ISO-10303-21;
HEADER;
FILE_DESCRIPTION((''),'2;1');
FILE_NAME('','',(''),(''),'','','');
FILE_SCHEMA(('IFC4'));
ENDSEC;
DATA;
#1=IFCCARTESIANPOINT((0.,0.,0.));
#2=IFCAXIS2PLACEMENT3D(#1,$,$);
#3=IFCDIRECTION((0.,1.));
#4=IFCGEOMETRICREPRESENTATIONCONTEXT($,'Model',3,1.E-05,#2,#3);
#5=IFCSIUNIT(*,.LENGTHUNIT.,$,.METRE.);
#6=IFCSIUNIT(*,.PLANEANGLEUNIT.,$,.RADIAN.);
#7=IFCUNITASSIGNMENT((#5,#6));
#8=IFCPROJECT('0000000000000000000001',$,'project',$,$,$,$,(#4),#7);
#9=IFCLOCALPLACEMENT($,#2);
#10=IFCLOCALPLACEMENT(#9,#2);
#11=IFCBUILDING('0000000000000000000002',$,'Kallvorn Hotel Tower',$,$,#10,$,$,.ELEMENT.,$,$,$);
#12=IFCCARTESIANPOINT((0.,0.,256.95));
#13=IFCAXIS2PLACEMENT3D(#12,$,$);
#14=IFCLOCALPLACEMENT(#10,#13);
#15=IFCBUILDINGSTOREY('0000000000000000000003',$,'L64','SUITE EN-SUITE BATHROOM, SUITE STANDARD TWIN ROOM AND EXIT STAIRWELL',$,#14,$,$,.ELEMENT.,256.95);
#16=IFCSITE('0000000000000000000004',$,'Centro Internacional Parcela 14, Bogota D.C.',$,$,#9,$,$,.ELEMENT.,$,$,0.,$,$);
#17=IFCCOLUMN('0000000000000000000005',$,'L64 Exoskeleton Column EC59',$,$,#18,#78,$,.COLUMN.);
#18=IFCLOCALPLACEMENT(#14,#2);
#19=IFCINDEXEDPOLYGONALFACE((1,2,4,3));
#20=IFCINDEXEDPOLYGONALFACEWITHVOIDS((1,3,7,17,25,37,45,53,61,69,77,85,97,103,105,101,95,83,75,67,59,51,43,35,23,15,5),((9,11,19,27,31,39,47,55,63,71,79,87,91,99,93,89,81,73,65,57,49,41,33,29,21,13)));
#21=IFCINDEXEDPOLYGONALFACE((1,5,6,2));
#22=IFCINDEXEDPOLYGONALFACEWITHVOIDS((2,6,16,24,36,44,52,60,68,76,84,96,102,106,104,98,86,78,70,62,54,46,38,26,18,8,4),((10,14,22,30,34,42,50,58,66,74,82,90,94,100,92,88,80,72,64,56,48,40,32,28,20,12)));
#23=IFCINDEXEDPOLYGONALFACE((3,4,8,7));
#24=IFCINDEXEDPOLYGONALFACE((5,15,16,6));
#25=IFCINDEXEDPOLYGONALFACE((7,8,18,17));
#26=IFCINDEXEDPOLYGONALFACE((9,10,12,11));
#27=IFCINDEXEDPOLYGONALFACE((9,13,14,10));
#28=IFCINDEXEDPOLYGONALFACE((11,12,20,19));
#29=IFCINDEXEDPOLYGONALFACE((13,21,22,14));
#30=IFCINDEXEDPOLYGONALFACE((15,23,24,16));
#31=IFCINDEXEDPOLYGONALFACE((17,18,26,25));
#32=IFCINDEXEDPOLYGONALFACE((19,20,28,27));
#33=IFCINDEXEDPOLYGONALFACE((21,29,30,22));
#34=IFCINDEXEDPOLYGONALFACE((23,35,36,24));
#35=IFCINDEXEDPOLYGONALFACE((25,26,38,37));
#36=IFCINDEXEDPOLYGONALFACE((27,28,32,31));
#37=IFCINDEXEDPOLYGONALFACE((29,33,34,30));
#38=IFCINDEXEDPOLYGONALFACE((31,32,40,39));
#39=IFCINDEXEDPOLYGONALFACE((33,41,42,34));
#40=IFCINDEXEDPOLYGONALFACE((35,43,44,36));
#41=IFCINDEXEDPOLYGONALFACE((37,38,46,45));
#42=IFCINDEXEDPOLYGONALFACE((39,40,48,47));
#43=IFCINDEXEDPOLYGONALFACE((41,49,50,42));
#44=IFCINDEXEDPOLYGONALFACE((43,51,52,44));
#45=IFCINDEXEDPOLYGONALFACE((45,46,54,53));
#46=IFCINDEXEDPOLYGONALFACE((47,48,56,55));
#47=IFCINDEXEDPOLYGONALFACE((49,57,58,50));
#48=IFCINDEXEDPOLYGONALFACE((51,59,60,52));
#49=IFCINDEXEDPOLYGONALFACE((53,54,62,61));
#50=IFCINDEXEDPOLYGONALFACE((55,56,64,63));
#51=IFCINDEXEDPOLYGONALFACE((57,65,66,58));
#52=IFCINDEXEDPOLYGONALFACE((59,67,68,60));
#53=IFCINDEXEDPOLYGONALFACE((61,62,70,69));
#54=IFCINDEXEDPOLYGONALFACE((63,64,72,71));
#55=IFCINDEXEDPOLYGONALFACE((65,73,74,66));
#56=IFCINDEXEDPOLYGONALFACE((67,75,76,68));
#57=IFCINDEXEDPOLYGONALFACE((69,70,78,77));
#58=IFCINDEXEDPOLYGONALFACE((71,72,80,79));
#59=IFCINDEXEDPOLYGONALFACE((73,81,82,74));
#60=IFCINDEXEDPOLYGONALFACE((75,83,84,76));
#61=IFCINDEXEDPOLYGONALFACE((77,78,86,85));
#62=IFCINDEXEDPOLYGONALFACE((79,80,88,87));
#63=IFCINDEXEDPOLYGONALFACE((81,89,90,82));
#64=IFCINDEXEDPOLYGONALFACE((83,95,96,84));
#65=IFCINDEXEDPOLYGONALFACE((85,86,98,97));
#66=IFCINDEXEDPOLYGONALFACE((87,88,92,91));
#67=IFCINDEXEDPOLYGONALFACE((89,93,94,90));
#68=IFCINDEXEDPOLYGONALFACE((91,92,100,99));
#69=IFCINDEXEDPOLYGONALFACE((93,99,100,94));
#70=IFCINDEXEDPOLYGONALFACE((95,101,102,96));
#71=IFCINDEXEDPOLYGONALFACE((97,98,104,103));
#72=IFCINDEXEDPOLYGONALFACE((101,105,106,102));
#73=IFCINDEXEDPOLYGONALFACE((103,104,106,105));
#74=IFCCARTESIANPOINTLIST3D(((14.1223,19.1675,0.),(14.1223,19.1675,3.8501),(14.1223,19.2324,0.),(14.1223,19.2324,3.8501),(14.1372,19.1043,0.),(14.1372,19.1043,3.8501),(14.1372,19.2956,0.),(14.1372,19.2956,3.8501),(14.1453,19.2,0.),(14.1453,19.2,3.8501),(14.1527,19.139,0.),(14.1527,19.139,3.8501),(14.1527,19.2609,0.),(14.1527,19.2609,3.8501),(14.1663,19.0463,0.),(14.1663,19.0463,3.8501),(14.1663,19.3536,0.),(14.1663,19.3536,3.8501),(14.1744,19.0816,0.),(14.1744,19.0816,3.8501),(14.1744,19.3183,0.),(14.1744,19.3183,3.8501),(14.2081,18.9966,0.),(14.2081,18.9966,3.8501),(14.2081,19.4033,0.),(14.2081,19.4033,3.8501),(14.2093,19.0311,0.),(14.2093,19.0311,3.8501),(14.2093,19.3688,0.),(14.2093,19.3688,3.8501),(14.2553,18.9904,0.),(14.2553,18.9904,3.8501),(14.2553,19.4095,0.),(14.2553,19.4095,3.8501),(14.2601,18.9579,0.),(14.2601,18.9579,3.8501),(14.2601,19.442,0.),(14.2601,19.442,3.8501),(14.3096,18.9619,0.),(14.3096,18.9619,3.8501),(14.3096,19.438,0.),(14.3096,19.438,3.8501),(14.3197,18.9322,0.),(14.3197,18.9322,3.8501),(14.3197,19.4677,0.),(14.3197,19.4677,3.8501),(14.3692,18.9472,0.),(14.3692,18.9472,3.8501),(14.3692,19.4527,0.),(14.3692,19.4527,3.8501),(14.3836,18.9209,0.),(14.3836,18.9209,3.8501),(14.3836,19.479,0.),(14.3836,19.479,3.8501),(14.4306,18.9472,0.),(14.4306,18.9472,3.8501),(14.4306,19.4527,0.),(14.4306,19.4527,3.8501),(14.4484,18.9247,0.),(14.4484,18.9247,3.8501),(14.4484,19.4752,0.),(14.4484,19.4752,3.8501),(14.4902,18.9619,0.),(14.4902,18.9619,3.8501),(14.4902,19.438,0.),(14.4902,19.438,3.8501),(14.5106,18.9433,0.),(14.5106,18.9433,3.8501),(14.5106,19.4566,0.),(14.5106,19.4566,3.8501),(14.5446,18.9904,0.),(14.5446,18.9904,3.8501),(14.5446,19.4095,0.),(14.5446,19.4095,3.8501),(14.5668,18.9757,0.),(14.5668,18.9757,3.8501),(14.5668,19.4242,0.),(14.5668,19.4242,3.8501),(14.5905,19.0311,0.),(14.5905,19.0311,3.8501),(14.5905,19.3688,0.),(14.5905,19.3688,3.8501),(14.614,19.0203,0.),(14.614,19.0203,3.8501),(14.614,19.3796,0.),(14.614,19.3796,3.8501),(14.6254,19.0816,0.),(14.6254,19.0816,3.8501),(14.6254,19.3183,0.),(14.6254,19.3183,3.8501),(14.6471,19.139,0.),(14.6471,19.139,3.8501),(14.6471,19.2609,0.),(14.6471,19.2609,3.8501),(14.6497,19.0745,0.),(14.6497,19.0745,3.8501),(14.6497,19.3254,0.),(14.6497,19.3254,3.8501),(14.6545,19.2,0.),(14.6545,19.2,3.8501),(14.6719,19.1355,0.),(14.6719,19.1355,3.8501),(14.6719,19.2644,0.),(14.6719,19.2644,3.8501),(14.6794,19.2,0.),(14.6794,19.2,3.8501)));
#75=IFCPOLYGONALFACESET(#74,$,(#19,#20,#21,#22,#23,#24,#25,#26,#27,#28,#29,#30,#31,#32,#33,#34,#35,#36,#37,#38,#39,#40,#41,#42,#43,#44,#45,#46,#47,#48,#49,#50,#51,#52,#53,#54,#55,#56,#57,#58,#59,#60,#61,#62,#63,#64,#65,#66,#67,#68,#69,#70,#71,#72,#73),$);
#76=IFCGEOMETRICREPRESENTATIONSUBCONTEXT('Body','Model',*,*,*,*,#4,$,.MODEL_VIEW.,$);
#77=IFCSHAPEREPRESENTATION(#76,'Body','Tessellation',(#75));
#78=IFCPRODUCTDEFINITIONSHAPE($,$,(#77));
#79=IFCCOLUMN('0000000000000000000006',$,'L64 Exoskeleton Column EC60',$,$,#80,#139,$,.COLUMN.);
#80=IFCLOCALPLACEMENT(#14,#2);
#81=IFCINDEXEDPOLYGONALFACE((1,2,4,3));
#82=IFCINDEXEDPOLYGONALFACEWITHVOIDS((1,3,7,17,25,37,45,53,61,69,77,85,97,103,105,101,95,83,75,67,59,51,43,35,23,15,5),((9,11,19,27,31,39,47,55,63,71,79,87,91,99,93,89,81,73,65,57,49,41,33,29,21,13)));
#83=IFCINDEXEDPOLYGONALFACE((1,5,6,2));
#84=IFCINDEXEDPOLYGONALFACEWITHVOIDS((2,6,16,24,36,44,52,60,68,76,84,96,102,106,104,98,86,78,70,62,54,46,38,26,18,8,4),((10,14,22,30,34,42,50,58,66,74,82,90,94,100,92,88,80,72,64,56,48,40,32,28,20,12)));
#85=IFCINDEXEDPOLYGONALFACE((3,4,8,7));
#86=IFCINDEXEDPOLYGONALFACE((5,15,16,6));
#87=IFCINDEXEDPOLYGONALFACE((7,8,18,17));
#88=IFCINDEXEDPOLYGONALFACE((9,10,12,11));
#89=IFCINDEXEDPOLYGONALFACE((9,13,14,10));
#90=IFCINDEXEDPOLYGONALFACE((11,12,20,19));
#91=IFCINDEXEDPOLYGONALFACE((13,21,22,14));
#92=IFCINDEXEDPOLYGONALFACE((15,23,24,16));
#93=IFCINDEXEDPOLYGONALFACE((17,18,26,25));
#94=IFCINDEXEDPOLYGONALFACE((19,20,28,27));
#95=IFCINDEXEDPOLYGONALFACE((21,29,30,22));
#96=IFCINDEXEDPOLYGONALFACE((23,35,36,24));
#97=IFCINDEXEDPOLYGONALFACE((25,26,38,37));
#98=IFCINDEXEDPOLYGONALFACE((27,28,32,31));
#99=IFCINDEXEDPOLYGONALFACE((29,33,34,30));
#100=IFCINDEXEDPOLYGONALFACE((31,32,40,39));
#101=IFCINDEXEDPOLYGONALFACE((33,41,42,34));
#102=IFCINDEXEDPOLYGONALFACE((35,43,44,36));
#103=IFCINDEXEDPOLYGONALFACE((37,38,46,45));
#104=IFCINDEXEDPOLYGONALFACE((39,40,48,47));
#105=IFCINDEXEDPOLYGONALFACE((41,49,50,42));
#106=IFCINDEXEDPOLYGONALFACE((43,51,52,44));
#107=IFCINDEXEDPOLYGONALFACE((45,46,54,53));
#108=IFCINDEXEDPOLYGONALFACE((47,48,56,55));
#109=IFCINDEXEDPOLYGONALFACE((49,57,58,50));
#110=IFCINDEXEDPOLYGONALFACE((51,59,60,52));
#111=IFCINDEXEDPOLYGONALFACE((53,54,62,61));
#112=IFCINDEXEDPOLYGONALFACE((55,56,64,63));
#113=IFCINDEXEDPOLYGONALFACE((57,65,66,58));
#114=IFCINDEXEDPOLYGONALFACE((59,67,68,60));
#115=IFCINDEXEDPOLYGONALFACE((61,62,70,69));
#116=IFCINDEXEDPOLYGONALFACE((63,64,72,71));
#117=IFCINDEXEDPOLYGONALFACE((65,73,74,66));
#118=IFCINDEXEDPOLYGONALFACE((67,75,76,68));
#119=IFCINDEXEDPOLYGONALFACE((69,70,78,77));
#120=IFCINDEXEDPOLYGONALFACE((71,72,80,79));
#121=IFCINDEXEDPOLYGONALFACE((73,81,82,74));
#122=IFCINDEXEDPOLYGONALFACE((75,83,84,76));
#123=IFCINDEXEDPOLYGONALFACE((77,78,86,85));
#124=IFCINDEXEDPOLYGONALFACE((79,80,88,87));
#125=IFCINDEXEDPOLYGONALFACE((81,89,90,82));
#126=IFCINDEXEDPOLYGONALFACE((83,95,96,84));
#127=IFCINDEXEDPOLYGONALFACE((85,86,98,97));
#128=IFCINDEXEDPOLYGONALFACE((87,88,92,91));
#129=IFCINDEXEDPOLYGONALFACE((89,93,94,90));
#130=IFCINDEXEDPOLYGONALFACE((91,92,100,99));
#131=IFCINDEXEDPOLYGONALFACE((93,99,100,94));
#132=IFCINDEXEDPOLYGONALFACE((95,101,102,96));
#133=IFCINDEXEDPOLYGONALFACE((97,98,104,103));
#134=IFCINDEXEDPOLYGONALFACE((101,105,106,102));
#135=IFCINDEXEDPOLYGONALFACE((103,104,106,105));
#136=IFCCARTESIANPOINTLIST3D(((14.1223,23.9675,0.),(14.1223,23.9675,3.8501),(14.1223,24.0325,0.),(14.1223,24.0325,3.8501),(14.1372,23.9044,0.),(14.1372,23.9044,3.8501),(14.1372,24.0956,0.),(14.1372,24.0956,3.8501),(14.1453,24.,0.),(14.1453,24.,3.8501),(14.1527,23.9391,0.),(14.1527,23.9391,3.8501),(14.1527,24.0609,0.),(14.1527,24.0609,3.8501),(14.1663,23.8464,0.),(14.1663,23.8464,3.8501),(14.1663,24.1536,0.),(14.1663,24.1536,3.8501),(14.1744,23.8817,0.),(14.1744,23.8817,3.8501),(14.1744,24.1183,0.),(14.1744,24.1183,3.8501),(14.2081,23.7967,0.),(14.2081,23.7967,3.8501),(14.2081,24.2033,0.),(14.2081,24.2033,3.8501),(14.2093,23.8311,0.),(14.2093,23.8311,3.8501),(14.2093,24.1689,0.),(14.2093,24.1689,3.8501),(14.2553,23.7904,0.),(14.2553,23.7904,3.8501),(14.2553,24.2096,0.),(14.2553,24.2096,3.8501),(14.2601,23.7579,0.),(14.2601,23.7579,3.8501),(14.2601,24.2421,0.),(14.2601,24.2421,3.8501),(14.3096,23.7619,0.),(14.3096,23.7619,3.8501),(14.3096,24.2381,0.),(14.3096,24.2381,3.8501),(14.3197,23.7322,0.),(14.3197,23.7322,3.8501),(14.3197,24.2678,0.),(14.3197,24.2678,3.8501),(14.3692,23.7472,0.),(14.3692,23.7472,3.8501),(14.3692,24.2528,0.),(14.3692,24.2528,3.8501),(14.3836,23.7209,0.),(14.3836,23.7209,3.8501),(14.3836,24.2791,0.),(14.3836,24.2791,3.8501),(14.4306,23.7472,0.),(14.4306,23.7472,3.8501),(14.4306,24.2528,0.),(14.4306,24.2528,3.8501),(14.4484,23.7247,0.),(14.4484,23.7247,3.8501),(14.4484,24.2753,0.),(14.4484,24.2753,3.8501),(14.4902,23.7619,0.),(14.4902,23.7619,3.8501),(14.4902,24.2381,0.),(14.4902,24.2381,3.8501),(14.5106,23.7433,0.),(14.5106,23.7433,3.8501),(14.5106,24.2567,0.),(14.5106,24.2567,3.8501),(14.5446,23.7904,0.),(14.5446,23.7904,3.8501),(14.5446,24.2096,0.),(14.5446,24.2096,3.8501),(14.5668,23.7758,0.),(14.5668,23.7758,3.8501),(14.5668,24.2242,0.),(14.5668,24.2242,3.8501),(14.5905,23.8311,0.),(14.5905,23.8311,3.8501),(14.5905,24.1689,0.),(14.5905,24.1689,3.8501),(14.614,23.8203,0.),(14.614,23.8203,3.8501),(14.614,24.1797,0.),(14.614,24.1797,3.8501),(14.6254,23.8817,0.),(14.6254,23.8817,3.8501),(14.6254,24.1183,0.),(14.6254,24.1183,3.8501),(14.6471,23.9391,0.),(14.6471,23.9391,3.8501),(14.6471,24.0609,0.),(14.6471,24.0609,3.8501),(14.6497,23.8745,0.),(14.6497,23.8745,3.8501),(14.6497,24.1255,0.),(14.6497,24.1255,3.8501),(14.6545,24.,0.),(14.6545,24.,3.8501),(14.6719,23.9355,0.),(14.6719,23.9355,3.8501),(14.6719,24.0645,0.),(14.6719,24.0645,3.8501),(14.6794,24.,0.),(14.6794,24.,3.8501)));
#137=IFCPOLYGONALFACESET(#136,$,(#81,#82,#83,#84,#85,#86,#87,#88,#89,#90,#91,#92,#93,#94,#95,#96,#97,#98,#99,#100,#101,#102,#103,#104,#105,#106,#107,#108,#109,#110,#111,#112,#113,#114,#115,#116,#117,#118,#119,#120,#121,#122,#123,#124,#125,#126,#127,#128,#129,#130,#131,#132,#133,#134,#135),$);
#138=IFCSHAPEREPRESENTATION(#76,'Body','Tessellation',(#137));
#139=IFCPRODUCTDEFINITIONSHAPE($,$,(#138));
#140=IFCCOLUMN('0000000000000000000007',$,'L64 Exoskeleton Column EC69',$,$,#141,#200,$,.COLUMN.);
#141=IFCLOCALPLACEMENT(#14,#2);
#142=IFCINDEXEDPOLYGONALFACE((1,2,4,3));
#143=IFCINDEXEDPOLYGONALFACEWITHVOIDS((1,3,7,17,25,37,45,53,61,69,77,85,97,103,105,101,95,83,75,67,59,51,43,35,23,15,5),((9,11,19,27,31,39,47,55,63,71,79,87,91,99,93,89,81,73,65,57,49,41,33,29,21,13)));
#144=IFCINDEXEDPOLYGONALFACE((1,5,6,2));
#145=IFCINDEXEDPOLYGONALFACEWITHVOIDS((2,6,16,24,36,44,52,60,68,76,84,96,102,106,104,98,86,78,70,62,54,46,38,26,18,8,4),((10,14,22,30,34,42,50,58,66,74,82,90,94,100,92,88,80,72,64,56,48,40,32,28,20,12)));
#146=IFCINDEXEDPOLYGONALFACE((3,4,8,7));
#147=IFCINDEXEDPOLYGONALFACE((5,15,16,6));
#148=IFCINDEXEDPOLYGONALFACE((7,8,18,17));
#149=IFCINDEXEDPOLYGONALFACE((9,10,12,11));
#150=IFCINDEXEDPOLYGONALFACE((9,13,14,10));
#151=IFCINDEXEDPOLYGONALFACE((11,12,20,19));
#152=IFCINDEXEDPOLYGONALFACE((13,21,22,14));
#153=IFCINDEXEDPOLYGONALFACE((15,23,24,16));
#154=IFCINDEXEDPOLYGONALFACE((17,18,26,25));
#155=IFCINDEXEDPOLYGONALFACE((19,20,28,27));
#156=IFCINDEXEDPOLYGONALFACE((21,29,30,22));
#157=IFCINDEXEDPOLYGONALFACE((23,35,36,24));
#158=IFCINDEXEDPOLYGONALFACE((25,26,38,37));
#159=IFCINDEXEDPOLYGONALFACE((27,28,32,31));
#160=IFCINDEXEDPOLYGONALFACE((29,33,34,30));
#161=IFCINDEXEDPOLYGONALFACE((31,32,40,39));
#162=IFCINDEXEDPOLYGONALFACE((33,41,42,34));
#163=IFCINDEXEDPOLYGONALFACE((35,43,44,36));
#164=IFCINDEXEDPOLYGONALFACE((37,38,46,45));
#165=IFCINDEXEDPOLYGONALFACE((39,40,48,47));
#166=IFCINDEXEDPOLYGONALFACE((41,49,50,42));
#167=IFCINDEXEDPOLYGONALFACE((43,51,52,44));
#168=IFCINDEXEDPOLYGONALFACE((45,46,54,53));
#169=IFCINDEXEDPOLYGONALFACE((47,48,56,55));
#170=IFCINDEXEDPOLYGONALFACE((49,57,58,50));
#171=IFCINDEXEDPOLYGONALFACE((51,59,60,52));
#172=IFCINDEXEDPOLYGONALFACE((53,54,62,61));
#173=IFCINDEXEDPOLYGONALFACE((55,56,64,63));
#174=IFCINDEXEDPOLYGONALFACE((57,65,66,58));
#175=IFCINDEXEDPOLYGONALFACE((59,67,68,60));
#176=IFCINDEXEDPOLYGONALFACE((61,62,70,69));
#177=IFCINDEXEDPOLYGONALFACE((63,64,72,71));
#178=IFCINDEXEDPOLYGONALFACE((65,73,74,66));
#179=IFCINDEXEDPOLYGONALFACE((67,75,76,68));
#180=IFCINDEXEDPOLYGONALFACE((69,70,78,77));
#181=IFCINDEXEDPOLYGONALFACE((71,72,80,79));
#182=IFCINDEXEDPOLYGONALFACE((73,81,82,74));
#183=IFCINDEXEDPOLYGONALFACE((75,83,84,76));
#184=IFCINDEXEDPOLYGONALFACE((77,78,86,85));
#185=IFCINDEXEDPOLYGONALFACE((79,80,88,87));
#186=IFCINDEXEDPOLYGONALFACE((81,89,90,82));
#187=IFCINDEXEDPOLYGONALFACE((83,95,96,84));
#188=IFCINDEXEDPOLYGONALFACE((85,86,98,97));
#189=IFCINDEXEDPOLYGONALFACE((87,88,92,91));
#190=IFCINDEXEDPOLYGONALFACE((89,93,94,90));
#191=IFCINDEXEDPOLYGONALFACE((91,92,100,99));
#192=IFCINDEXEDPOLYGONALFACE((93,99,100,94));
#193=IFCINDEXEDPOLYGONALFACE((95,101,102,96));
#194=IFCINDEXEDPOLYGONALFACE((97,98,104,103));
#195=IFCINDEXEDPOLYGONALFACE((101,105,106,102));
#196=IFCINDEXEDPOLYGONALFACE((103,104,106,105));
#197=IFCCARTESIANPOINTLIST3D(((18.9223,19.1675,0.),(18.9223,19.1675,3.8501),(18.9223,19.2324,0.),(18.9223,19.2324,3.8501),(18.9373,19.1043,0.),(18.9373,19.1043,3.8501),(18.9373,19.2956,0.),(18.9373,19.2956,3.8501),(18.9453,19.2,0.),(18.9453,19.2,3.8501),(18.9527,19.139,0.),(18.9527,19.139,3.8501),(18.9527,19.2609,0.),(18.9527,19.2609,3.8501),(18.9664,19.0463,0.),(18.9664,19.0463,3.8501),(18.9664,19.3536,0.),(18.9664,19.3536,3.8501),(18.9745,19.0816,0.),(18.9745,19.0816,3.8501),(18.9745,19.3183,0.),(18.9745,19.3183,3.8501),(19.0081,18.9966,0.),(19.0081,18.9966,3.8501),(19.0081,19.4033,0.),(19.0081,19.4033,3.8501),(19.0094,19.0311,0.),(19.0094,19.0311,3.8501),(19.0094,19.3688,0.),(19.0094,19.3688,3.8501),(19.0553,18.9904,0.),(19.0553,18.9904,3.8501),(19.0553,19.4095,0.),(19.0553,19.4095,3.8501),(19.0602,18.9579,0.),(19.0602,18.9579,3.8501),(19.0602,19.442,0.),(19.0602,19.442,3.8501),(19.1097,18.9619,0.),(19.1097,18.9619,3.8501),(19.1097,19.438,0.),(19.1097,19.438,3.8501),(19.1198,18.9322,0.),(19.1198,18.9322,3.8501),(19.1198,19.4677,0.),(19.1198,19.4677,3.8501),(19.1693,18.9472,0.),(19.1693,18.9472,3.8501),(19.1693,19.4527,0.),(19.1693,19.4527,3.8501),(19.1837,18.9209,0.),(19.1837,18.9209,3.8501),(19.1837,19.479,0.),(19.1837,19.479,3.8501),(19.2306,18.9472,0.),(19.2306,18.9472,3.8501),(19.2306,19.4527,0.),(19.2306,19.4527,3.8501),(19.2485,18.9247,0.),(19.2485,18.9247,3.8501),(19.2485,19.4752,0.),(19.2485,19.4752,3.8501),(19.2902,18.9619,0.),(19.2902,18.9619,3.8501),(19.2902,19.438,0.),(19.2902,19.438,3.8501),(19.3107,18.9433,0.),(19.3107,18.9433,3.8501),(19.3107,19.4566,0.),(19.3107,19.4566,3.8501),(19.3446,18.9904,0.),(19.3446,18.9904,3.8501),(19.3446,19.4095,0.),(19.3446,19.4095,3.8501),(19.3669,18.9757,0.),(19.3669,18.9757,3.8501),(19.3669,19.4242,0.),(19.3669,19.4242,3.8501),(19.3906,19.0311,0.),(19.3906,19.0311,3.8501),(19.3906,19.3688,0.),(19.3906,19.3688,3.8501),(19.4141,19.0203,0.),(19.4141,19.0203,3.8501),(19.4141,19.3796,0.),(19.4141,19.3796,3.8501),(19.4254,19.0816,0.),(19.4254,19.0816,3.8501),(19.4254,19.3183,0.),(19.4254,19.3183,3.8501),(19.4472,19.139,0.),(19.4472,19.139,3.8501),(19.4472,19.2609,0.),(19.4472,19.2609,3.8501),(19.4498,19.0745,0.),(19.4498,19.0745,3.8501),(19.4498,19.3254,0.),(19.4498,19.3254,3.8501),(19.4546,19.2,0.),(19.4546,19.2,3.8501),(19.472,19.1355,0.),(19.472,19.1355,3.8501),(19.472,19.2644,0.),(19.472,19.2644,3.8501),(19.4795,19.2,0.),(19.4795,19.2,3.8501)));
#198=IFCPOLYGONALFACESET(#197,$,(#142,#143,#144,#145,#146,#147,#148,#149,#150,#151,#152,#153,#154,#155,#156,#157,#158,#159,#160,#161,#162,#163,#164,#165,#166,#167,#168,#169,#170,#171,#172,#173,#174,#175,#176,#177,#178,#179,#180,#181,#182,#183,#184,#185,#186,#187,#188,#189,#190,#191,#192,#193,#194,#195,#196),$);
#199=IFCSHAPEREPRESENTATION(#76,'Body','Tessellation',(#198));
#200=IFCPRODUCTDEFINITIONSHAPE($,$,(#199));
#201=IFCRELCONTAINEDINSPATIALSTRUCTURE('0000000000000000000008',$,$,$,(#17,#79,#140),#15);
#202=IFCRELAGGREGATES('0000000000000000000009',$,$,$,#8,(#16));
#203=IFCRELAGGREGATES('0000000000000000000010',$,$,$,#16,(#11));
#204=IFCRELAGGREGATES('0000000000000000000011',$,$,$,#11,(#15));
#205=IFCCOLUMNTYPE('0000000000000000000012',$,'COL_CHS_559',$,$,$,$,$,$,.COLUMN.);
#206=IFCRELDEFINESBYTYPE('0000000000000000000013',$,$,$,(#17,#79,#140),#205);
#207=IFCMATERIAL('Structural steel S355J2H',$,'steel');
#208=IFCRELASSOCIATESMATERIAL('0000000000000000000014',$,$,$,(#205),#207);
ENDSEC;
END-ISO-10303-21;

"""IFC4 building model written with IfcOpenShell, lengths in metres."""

from ifc_helpers import new_model, si_unit, direction, frame, origin, origin_2d, place, context, subcontext, project, spatial, hollow_circle, extrude, material, material_profile, profile_set, type_object, element, save


model = new_model("IFC4")

# Units and contexts
model_context = context("Model", 3, precision=1e-05, world=origin(), true_north=direction((0.0, 1.0)))
body_context = subcontext(model_context, "Body", "Model", "MODEL_VIEW")
ifc_project = project(units=[si_unit("LENGTHUNIT", "METRE"), si_unit("PLANEANGLEUNIT", "RADIAN")], contexts=[model_context])

# Site, building, storey
site_placement = place(None, origin())
site = spatial("IfcSite", under=ifc_project, at=site_placement, Name="Centro Internacional Parcela 14, Bogota D.C.", CompositionType="ELEMENT", RefElevation=0.0)
building_placement = place(site_placement, origin())
building = spatial("IfcBuilding", under=site, at=building_placement, Name="Kallvorn Hotel Tower", CompositionType="ELEMENT")
storey_placement = place(building_placement, frame((0.0, 0.0, 256.95)))
storey = spatial("IfcBuildingStorey", under=building, at=storey_placement, Name="L64", Description="SUITE EN-SUITE BATHROOM, SUITE STANDARD TWIN ROOM AND EXIT STAIRWELL", CompositionType="ELEMENT", Elevation=256.95)

# Columns
ifc_material_1 = material(Name="Structural steel S355J2H", Category="steel")
ifc_material_profile_1 = material_profile(ifc_material_1, hollow_circle(Radius=0.2795, WallThickness=0.0249, at=origin_2d()), Name="CHS 559x25")
ifc_profile_set_1 = profile_set([ifc_material_profile_1], Name="Structural steel S355J2H")
column_type = type_object("IfcColumnType", Name="COL_CHS_559", PredefinedType="COLUMN", material=ifc_profile_set_1)
for number, where, z_axis, x_axis, name in (
    (1, (14.3999, 19.2, 0.0), (0.0, 0.0, 1.0), (1.0, 0.0, 0.0), "L64 Exoskeleton Column EC59"),
    (2, (14.3999, 24.0, 0.0), (0.0, 0.0, 1.0), (1.0, 0.0, 0.0), "L64 Exoskeleton Column EC60"),
    (3, (19.2, 19.2, 0.0), (0.0, 0.0, 1.0), (1.0, 0.0, 0.0), "L64 Exoskeleton Column EC69"),
):
    element("IfcColumn", number, at=place(storey_placement, frame(where, z_axis=z_axis, x_axis=x_axis)), inside=storey, type_object=column_type, Name=name, PredefinedType="COLUMN", context=body_context, shape_type="SweptSolid", body=[
        extrude(hollow_circle(Radius=0.2795, WallThickness=0.0249, at=origin_2d()), origin(), (0.0, 0.0, 1.0), 3.8501),
    ])

save(model, "model.ifc")
